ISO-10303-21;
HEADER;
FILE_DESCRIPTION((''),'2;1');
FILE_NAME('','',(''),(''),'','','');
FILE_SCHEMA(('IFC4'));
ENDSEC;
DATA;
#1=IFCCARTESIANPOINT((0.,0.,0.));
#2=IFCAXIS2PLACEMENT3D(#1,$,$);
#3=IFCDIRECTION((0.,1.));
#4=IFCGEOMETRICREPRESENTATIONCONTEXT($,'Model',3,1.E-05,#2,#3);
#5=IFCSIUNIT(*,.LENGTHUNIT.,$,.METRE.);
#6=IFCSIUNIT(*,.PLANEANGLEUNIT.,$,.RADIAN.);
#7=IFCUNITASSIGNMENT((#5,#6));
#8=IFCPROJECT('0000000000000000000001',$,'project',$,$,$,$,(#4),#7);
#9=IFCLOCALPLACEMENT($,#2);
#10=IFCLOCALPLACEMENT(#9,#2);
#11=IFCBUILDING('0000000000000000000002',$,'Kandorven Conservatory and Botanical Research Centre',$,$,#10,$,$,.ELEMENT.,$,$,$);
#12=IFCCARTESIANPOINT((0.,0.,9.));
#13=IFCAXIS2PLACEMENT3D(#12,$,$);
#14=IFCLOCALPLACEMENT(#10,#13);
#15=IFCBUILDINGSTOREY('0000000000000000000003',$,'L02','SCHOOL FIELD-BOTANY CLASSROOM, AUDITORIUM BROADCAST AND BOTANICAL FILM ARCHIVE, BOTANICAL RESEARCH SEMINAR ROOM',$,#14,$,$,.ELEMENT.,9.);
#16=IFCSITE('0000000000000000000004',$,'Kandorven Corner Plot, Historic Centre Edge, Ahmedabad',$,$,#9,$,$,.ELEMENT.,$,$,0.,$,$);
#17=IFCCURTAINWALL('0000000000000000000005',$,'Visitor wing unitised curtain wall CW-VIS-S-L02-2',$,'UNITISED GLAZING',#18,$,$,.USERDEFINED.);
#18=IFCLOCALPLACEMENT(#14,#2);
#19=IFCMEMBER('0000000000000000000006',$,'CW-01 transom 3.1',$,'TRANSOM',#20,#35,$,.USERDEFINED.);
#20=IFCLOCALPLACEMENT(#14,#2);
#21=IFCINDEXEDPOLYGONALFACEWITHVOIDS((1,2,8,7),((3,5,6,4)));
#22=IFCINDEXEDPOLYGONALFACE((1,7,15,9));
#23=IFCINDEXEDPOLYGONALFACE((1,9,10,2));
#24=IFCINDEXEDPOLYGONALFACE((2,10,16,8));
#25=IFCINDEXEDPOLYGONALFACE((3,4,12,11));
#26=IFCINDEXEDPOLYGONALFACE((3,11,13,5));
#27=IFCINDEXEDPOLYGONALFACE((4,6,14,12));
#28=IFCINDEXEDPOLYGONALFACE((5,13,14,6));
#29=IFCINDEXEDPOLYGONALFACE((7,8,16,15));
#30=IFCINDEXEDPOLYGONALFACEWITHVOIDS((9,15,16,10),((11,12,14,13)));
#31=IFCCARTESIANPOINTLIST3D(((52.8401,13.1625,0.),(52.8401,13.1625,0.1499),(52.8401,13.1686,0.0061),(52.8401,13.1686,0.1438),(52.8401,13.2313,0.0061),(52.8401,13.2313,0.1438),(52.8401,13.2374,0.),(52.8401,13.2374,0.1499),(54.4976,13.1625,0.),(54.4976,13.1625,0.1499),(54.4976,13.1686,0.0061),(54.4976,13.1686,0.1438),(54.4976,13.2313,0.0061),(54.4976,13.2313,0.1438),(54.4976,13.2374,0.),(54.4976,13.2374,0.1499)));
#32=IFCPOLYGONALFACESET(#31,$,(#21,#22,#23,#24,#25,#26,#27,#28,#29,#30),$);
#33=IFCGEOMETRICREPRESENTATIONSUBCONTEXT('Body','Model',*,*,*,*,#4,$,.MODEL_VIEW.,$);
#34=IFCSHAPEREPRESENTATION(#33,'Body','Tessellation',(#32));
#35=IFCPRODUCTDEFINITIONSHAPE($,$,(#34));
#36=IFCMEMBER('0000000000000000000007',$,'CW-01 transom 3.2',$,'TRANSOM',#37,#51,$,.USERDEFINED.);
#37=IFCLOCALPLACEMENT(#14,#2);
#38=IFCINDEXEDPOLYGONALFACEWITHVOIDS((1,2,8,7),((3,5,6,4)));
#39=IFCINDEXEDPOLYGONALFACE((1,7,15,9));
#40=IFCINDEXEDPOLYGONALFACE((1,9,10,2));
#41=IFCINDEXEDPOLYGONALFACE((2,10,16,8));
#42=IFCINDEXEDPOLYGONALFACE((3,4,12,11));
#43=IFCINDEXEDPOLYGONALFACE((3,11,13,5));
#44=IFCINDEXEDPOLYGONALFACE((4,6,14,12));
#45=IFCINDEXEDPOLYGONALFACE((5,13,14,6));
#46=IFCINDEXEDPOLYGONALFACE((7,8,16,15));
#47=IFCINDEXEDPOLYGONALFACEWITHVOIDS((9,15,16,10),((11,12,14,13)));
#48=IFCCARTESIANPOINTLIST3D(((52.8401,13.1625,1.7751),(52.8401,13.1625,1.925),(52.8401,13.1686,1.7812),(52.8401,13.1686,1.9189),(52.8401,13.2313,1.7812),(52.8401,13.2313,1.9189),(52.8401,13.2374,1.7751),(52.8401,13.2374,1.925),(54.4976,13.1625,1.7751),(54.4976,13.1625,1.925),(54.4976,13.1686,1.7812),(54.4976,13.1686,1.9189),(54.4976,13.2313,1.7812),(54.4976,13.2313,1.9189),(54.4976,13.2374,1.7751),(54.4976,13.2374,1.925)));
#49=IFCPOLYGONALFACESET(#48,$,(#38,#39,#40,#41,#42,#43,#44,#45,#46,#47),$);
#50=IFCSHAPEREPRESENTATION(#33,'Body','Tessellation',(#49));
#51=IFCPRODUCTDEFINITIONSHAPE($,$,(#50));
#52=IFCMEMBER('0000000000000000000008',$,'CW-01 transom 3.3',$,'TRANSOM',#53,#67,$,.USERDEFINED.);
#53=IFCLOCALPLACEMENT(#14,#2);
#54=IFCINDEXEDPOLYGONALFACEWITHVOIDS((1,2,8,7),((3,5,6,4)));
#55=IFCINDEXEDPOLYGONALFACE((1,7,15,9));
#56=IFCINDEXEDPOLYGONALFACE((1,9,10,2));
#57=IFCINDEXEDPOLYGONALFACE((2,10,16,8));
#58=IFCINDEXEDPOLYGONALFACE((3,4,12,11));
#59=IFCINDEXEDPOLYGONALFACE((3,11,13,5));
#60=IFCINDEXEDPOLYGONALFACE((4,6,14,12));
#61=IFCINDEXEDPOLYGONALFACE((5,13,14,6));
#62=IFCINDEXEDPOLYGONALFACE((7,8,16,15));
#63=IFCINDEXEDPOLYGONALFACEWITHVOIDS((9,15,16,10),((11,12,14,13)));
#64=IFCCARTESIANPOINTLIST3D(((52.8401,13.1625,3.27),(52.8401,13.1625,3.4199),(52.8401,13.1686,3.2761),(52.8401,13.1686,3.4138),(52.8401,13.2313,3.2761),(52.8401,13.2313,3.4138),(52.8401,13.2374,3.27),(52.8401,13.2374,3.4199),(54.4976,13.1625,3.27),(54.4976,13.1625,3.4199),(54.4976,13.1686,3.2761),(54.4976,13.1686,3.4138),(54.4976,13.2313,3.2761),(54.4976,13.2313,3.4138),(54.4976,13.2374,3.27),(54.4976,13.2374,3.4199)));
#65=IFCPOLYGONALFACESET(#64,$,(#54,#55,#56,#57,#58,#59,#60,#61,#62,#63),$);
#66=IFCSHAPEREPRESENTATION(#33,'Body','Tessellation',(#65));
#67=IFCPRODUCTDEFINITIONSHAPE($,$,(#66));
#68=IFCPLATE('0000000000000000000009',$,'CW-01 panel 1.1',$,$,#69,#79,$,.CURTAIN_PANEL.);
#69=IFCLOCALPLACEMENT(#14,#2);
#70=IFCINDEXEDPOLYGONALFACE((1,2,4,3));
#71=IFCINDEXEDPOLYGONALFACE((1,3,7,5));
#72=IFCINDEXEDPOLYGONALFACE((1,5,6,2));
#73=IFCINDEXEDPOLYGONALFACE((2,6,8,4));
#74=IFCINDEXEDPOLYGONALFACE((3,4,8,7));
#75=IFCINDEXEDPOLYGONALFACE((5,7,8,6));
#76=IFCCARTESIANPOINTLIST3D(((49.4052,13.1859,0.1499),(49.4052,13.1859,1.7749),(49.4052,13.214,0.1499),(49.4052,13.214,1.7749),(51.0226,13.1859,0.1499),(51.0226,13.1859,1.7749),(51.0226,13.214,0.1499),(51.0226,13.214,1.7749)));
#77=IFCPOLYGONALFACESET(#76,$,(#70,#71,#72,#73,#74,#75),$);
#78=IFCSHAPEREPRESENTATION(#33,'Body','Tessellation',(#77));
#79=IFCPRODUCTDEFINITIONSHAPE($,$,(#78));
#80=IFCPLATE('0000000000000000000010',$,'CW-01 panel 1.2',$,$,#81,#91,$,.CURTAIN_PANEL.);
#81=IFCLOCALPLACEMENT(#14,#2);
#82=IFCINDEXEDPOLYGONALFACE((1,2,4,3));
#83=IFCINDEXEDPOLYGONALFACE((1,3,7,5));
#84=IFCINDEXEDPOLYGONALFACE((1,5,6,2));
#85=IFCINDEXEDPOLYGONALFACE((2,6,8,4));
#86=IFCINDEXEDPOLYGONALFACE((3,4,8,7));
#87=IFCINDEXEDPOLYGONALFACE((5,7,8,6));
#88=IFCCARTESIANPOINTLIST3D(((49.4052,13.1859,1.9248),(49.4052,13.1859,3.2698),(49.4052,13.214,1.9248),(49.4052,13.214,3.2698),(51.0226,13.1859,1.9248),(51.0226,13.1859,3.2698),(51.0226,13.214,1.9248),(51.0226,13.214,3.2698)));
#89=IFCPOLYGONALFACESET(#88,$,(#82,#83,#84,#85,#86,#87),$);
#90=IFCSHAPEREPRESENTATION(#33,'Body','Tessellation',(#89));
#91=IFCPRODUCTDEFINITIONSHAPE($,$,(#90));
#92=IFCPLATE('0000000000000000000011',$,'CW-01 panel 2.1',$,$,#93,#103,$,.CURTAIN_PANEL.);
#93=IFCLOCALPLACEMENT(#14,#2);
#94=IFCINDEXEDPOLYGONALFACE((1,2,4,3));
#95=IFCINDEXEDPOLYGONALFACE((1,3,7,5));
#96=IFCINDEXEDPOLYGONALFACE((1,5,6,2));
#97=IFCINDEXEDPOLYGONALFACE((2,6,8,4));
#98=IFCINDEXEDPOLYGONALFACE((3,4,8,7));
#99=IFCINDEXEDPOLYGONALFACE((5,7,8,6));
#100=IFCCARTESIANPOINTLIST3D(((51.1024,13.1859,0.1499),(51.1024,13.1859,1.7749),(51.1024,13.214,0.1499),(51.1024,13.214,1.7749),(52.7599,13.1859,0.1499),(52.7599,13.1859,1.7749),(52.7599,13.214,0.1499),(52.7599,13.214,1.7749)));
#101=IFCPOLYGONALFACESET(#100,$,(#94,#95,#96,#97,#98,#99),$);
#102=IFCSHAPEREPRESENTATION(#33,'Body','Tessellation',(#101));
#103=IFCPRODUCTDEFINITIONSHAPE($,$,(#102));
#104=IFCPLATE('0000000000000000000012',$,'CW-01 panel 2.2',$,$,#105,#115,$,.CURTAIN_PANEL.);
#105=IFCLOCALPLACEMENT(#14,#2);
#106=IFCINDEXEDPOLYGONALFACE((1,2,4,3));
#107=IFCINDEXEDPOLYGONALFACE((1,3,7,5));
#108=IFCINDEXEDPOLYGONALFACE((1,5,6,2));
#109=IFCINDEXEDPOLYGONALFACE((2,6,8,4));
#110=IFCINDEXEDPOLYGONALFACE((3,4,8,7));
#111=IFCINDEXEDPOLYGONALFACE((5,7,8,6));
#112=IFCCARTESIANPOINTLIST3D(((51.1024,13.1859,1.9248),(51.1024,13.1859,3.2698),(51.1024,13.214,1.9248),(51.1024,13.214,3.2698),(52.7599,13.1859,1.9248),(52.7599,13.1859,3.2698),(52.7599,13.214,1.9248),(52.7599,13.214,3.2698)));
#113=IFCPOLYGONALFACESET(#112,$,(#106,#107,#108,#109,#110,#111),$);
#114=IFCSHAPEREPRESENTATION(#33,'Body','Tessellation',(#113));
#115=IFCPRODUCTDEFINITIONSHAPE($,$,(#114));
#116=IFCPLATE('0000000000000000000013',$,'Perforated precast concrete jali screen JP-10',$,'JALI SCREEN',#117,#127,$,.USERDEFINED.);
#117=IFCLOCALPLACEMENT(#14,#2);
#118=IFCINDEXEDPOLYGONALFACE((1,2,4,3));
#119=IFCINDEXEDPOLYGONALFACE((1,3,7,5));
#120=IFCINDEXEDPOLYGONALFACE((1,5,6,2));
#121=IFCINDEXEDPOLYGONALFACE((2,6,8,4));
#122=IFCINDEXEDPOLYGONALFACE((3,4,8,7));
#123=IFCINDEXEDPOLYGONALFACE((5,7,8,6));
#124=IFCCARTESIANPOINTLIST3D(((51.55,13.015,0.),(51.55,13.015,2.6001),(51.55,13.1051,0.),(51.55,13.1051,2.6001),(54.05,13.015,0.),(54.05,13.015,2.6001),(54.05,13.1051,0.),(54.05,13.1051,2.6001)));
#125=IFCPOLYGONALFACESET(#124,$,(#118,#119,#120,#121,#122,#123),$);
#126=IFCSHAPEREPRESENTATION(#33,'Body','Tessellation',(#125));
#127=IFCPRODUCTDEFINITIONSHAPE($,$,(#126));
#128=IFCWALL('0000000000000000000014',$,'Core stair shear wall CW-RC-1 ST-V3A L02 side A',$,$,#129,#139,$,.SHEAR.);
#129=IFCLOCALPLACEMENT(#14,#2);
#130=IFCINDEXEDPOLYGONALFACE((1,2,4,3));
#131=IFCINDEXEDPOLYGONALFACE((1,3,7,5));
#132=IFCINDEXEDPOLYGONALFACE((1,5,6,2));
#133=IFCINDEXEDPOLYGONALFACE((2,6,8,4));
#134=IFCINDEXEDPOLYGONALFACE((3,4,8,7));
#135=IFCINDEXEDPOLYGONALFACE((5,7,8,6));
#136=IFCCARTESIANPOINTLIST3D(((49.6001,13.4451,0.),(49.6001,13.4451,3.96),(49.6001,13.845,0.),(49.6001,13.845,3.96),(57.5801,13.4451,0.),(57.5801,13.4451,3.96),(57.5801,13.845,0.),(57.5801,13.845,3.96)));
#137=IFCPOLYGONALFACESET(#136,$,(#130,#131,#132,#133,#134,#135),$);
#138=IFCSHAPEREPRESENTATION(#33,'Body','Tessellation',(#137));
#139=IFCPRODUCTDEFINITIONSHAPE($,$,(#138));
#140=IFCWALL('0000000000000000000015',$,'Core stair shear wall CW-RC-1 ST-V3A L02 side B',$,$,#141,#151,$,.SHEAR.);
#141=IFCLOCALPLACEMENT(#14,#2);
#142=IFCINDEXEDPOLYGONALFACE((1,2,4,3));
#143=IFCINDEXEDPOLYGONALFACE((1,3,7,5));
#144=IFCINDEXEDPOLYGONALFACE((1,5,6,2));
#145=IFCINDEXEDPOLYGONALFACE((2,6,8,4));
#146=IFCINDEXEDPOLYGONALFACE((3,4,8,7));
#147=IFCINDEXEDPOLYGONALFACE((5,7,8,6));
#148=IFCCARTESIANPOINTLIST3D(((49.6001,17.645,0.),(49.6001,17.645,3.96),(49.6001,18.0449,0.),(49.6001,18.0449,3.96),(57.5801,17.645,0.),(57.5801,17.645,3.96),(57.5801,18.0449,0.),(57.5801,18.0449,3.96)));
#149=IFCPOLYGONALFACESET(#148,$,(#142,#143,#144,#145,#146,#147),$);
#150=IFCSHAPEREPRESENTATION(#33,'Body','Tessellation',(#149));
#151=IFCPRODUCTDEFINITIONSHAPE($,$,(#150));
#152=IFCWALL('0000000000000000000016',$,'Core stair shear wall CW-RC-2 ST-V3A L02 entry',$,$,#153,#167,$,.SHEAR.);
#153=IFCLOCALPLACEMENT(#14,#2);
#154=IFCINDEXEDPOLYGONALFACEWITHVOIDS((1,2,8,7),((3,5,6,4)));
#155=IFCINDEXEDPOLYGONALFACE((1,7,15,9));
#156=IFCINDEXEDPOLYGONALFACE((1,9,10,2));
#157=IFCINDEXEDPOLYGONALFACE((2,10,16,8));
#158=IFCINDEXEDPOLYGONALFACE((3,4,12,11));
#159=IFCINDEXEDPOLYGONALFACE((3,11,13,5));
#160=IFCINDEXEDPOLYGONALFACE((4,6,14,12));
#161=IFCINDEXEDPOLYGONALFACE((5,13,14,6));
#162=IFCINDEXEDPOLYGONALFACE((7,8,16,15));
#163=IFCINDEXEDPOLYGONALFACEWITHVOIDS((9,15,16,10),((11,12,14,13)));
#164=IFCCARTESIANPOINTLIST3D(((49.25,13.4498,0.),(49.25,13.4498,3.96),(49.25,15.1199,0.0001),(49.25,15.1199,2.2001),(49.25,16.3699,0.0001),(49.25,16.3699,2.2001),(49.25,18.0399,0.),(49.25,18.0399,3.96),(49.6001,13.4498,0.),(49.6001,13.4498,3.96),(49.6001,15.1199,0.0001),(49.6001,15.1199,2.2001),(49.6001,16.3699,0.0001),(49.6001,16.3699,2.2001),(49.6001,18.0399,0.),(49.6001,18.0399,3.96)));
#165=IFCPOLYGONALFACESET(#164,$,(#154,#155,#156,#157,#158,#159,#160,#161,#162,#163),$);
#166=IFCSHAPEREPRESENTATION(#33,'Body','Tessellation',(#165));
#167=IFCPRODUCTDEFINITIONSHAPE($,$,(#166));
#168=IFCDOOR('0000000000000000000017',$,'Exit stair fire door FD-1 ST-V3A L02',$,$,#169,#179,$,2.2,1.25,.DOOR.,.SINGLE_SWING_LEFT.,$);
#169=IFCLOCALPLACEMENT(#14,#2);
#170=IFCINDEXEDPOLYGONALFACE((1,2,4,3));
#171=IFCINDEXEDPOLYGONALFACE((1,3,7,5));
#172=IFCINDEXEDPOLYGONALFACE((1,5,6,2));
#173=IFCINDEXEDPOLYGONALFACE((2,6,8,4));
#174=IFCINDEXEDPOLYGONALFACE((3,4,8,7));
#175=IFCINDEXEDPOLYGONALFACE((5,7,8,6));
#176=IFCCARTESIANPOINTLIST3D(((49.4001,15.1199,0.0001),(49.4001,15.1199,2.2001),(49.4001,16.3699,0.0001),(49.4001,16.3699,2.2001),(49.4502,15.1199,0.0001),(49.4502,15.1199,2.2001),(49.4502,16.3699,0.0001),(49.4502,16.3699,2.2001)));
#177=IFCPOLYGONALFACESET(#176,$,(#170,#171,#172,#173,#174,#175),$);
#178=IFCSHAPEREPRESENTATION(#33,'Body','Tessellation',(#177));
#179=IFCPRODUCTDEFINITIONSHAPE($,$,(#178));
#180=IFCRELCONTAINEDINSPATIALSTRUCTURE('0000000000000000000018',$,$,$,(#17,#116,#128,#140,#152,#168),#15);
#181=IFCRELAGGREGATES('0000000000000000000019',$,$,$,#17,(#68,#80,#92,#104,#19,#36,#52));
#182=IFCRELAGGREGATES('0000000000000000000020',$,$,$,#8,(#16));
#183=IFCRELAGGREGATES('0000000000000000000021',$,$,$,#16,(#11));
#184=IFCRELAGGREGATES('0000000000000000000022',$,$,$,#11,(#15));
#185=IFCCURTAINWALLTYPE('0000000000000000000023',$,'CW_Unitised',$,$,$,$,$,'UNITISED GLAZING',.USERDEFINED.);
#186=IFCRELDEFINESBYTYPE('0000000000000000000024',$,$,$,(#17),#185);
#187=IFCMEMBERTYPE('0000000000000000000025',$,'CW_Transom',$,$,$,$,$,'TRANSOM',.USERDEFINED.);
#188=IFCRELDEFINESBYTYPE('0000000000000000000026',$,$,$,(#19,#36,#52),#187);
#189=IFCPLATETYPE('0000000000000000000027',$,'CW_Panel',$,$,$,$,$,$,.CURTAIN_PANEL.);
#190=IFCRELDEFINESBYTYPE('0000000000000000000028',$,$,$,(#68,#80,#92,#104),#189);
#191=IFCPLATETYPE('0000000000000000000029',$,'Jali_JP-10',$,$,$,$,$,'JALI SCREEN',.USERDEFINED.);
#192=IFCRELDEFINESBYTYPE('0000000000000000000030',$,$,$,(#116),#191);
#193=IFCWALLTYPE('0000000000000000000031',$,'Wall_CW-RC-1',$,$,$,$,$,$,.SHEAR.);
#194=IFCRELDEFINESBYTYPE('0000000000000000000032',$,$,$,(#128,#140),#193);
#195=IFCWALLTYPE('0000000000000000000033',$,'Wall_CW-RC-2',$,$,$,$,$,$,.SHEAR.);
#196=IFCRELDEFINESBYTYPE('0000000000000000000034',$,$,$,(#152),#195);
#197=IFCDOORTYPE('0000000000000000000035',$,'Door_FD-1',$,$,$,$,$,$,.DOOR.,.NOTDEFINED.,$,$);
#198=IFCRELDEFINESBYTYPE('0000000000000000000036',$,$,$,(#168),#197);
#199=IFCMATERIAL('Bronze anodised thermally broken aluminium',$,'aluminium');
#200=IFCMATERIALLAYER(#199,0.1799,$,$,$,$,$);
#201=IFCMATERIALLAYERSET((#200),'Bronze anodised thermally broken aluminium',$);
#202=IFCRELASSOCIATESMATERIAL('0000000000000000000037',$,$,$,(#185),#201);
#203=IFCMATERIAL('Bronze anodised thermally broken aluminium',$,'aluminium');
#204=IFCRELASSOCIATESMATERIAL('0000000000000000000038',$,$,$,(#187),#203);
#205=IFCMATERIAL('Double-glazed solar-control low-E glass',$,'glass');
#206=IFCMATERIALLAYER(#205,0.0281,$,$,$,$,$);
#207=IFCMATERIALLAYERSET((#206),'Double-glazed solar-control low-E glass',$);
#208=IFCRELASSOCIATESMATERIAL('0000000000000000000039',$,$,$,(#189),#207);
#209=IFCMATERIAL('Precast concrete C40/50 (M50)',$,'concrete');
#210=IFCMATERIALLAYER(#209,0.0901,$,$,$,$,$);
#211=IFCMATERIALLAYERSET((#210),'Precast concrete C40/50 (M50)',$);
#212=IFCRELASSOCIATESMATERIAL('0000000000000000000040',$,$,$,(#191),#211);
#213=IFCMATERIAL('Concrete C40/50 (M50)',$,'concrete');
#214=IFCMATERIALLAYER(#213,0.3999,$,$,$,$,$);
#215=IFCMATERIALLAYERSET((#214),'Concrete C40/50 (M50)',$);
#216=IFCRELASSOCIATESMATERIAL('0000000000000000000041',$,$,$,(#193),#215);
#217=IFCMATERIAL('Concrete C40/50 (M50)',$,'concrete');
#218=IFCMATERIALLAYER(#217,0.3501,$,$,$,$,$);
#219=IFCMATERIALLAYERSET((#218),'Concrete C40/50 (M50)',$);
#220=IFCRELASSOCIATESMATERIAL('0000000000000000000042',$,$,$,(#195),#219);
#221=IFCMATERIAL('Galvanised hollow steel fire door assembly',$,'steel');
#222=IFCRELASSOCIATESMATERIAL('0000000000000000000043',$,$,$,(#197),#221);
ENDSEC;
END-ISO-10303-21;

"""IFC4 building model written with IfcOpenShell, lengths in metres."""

from ifc_helpers import new_model, si_unit, direction, frame, frame_2d, origin, origin_2d, place, context, subcontext, project, spatial, rectangle, hollow_rectangle, extrude, material, layer, layer_set, material_profile, profile_set, type_object, element, fill, aggregate, save


model = new_model("IFC4")

# Units and contexts
model_context = context("Model", 3, precision=1e-05, world=origin(), true_north=direction((0.0, 1.0)))
body_context = subcontext(model_context, "Body", "Model", "MODEL_VIEW")
ifc_project = project(units=[si_unit("LENGTHUNIT", "METRE"), si_unit("PLANEANGLEUNIT", "RADIAN")], contexts=[model_context])

# Site, building, storey
site_placement = place(None, origin())
site = spatial("IfcSite", under=ifc_project, at=site_placement, Name="Kandorven Corner Plot, Historic Centre Edge, Ahmedabad", CompositionType="ELEMENT", RefElevation=0.0)
building_placement = place(site_placement, origin())
building = spatial("IfcBuilding", under=site, at=building_placement, Name="Kandorven Conservatory and Botanical Research Centre", CompositionType="ELEMENT")
storey_placement = place(building_placement, frame((0.0, 0.0, 9.0)))
storey = spatial("IfcBuildingStorey", under=building, at=storey_placement, Name="L02", Description="SCHOOL FIELD-BOTANY CLASSROOM, AUDITORIUM BROADCAST AND BOTANICAL FILM ARCHIVE, BOTANICAL RESEARCH SEMINAR ROOM", CompositionType="ELEMENT", Elevation=9.0)

# Curtain wall, members, plates
ifc_material_1 = material(Name="Bronze anodised thermally broken aluminium", Category="aluminium")
ifc_layer_1 = layer(ifc_material_1, 0.1799)
ifc_layer_set_1 = layer_set([ifc_layer_1], Name="Bronze anodised thermally broken aluminium")
curtain_wall_type = type_object("IfcCurtainWallType", Name="CW_Unitised", ElementType="UNITISED GLAZING", PredefinedType="USERDEFINED", material=ifc_layer_set_1)
curtain_wall_placement = place(storey_placement, origin())
curtain_wall = element("IfcCurtainWall", 1, at=curtain_wall_placement, inside=storey, type_object=curtain_wall_type, Name="Visitor wing unitised curtain wall CW-VIS-S-L02-2", ObjectType="UNITISED GLAZING", PredefinedType="USERDEFINED")
ifc_material_2 = material(Name="Bronze anodised thermally broken aluminium", Category="aluminium")
ifc_material_profile_1 = material_profile(ifc_material_2, hollow_rectangle(XDim=0.075, YDim=0.1499, WallThickness=0.0061, at=origin_2d()))
ifc_profile_set_1 = profile_set([ifc_material_profile_1], Name="Bronze anodised thermally broken aluminium")
member_type_1 = type_object("IfcMemberType", Name="CW_Transom", ElementType="TRANSOM", PredefinedType="USERDEFINED", material=ifc_profile_set_1)
member_1_placement = place(storey_placement, frame((52.8401, 13.2, 0.075), z_axis=(1.0, 0.0, 0.0), x_axis=(0.0, 1.0, 0.0)))
member_1 = element("IfcMember", 2, at=member_1_placement, type_object=member_type_1, Name="CW-01 transom 3.1", ObjectType="TRANSOM", PredefinedType="USERDEFINED", context=body_context, shape_type="SweptSolid", body=[
    extrude(hollow_rectangle(XDim=0.075, YDim=0.1499, WallThickness=0.0061, at=origin_2d()), origin(), (0.0, 0.0, 1.0), 1.6575),
])
member_2_placement = place(storey_placement, frame((52.8401, 13.2, 1.8501), z_axis=(1.0, 0.0, 0.0), x_axis=(0.0, 1.0, 0.0)))
member_2 = element("IfcMember", 3, at=member_2_placement, type_object=member_type_1, Name="CW-01 transom 3.2", ObjectType="TRANSOM", PredefinedType="USERDEFINED", context=body_context, shape_type="SweptSolid", body=[
    extrude(hollow_rectangle(XDim=0.075, YDim=0.1499, WallThickness=0.0061, at=origin_2d()), origin(), (0.0, 0.0, 1.0), 1.6575),
])
member_3_placement = place(storey_placement, frame((52.8401, 13.2, 3.345), z_axis=(1.0, 0.0, 0.0), x_axis=(0.0, 1.0, 0.0)))
member_3 = element("IfcMember", 4, at=member_3_placement, type_object=member_type_1, Name="CW-01 transom 3.3", ObjectType="TRANSOM", PredefinedType="USERDEFINED", context=body_context, shape_type="SweptSolid", body=[
    extrude(hollow_rectangle(XDim=0.075, YDim=0.1499, WallThickness=0.0061, at=origin_2d()), origin(), (0.0, 0.0, 1.0), 1.6575),
])
ifc_material_3 = material(Name="Double-glazed solar-control low-E glass", Category="glass")
ifc_layer_2 = layer(ifc_material_3, 0.0281)
ifc_layer_set_2 = layer_set([ifc_layer_2], Name="Double-glazed solar-control low-E glass")
plate_type_1 = type_object("IfcPlateType", Name="CW_Panel", PredefinedType="CURTAIN_PANEL", material=ifc_layer_set_2)
plate_1_placement = place(storey_placement, frame((50.2139, 13.2, 0.1499), z_axis=(0.0, 0.0, 1.0), x_axis=(1.0, 0.0, 0.0)))
plate_1 = element("IfcPlate", 5, at=plate_1_placement, type_object=plate_type_1, Name="CW-01 panel 1.1", PredefinedType="CURTAIN_PANEL", context=body_context, shape_type="SweptSolid", body=[
    extrude(rectangle(XDim=1.6174, YDim=0.0281, at=origin_2d()), origin(), (0.0, 0.0, 1.0), 1.625),
])
plate_2_placement = place(storey_placement, frame((50.2139, 13.2, 1.9248), z_axis=(0.0, 0.0, 1.0), x_axis=(1.0, 0.0, 0.0)))
plate_2 = element("IfcPlate", 6, at=plate_2_placement, type_object=plate_type_1, Name="CW-01 panel 1.2", PredefinedType="CURTAIN_PANEL", context=body_context, shape_type="SweptSolid", body=[
    extrude(rectangle(XDim=1.6174, YDim=0.0281, at=origin_2d()), origin(), (0.0, 0.0, 1.0), 1.345),
])
plate_3_placement = place(storey_placement, frame((51.9312, 13.2, 0.1499), z_axis=(0.0, 0.0, 1.0), x_axis=(1.0, 0.0, 0.0)))
plate_3 = element("IfcPlate", 7, at=plate_3_placement, type_object=plate_type_1, Name="CW-01 panel 2.1", PredefinedType="CURTAIN_PANEL", context=body_context, shape_type="SweptSolid", body=[
    extrude(rectangle(XDim=1.6575, YDim=0.0281, at=origin_2d()), origin(), (0.0, 0.0, 1.0), 1.625),
])
plate_4_placement = place(storey_placement, frame((51.9312, 13.2, 1.9248), z_axis=(0.0, 0.0, 1.0), x_axis=(1.0, 0.0, 0.0)))
plate_4 = element("IfcPlate", 8, at=plate_4_placement, type_object=plate_type_1, Name="CW-01 panel 2.2", PredefinedType="CURTAIN_PANEL", context=body_context, shape_type="SweptSolid", body=[
    extrude(rectangle(XDim=1.6575, YDim=0.0281, at=origin_2d()), origin(), (0.0, 0.0, 1.0), 1.345),
])
aggregate(curtain_wall, [plate_1, plate_2, plate_3, plate_4, member_1, member_2, member_3])

# Plate
ifc_material_4 = material(Name="Precast concrete C40/50 (M50)", Category="concrete")
ifc_layer_3 = layer(ifc_material_4, 0.0901)
ifc_layer_set_3 = layer_set([ifc_layer_3], Name="Precast concrete C40/50 (M50)")
plate_type_2 = type_object("IfcPlateType", Name="Jali_JP-10", ElementType="JALI SCREEN", PredefinedType="USERDEFINED", material=ifc_layer_set_3)
plate_5_placement = place(storey_placement, frame((52.8, 13.0601, 0.0), z_axis=(0.0, 0.0, 1.0), x_axis=(1.0, 0.0, 0.0)))
element("IfcPlate", 9, at=plate_5_placement, inside=storey, type_object=plate_type_2, Name="Perforated precast concrete jali screen JP-10", ObjectType="JALI SCREEN", PredefinedType="USERDEFINED", context=body_context, shape_type="SweptSolid", body=[
    extrude(rectangle(XDim=2.5, YDim=0.0901, at=origin_2d()), origin(), (0.0, 0.0, 1.0), 2.6001),
])

# Walls
ifc_material_5 = material(Name="Concrete C40/50 (M50)", Category="concrete")
ifc_layer_4 = layer(ifc_material_5, 0.3999)
ifc_layer_set_4 = layer_set([ifc_layer_4], Name="Concrete C40/50 (M50)")
wall_type_1 = type_object("IfcWallType", Name="Wall_CW-RC-1", PredefinedType="SHEAR", material=ifc_layer_set_4)
for number, where, z_axis, x_axis, name in (
    (10, (49.6001, 13.645, 0.0), (0.0, 0.0, 1.0), (1.0, 0.0, 0.0), "Core stair shear wall CW-RC-1 ST-V3A L02 side A"),
    (11, (49.6001, 17.845, 0.0), (0.0, 0.0, 1.0), (1.0, 0.0, 0.0), "Core stair shear wall CW-RC-1 ST-V3A L02 side B"),
):
    element("IfcWall", number, at=place(storey_placement, frame(where, z_axis=z_axis, x_axis=x_axis)), inside=storey, type_object=wall_type_1, Name=name, PredefinedType="SHEAR", context=body_context, shape_type="SweptSolid", body=[
        extrude(rectangle(XDim=7.98, YDim=0.3999, at=frame_2d((3.99, 0.0))), origin(), (0.0, 0.0, 1.0), 3.96),
    ])

# Wall, opening, door
ifc_material_6 = material(Name="Concrete C40/50 (M50)", Category="concrete")
ifc_layer_5 = layer(ifc_material_6, 0.3501)
ifc_layer_set_5 = layer_set([ifc_layer_5], Name="Concrete C40/50 (M50)")
wall_type_2 = type_object("IfcWallType", Name="Wall_CW-RC-2", PredefinedType="SHEAR", material=ifc_layer_set_5)
wall_placement = place(storey_placement, frame((49.425, 13.45, 0.0), z_axis=(0.0, 0.0, 1.0), x_axis=(0.0, 1.0, 0.0)))
wall = element("IfcWall", 12, at=wall_placement, inside=storey, type_object=wall_type_2, Name="Core stair shear wall CW-RC-2 ST-V3A L02 entry", PredefinedType="SHEAR", context=body_context, shape_type="SweptSolid", body=[
    extrude(rectangle(XDim=4.5901, YDim=0.3501, at=frame_2d((2.2949, 0.0))), origin(), (0.0, 0.0, 1.0), 3.96),
])
opening_placement = place(wall_placement, frame((1.6699, 0.0, 0.0)))
opening = element("IfcOpeningElement", 13, at=opening_placement, cuts=wall, PredefinedType="OPENING", context=body_context, shape_type="SweptSolid", body=[
    extrude(rectangle(XDim=1.25, YDim=2.2, at=frame_2d((0.625, 1.1001))), frame((0.0, 0.1851, 0.0), z_axis=(0.0, -1.0, 0.0), x_axis=(1.0, 0.0, 0.0)), (0.0, 0.0, 1.0), 0.3701),
])
ifc_material_7 = material(Name="Galvanised hollow steel fire door assembly", Category="steel")
door_type = type_object("IfcDoorType", Name="Door_FD-1", OperationType="NOTDEFINED", PredefinedType="DOOR", material=ifc_material_7)
door_placement = place(opening_placement, origin())
door = element("IfcDoor", 14, at=door_placement, inside=storey, type_object=door_type, Name="Exit stair fire door FD-1 ST-V3A L02", OperationType="SINGLE_SWING_LEFT", OverallHeight=2.2, OverallWidth=1.25, PredefinedType="DOOR", context=body_context, shape_type="SweptSolid", body=[
    extrude(rectangle(XDim=1.25, YDim=2.2, at=frame_2d((0.625, 1.1001))), frame((0.0, 0.0249, 0.0), z_axis=(0.0, -1.0, 0.0), x_axis=(1.0, 0.0, 0.0)), (0.0, 0.0, 1.0), 0.05),
])
fill(opening, door)

save(model, "model.ifc")
